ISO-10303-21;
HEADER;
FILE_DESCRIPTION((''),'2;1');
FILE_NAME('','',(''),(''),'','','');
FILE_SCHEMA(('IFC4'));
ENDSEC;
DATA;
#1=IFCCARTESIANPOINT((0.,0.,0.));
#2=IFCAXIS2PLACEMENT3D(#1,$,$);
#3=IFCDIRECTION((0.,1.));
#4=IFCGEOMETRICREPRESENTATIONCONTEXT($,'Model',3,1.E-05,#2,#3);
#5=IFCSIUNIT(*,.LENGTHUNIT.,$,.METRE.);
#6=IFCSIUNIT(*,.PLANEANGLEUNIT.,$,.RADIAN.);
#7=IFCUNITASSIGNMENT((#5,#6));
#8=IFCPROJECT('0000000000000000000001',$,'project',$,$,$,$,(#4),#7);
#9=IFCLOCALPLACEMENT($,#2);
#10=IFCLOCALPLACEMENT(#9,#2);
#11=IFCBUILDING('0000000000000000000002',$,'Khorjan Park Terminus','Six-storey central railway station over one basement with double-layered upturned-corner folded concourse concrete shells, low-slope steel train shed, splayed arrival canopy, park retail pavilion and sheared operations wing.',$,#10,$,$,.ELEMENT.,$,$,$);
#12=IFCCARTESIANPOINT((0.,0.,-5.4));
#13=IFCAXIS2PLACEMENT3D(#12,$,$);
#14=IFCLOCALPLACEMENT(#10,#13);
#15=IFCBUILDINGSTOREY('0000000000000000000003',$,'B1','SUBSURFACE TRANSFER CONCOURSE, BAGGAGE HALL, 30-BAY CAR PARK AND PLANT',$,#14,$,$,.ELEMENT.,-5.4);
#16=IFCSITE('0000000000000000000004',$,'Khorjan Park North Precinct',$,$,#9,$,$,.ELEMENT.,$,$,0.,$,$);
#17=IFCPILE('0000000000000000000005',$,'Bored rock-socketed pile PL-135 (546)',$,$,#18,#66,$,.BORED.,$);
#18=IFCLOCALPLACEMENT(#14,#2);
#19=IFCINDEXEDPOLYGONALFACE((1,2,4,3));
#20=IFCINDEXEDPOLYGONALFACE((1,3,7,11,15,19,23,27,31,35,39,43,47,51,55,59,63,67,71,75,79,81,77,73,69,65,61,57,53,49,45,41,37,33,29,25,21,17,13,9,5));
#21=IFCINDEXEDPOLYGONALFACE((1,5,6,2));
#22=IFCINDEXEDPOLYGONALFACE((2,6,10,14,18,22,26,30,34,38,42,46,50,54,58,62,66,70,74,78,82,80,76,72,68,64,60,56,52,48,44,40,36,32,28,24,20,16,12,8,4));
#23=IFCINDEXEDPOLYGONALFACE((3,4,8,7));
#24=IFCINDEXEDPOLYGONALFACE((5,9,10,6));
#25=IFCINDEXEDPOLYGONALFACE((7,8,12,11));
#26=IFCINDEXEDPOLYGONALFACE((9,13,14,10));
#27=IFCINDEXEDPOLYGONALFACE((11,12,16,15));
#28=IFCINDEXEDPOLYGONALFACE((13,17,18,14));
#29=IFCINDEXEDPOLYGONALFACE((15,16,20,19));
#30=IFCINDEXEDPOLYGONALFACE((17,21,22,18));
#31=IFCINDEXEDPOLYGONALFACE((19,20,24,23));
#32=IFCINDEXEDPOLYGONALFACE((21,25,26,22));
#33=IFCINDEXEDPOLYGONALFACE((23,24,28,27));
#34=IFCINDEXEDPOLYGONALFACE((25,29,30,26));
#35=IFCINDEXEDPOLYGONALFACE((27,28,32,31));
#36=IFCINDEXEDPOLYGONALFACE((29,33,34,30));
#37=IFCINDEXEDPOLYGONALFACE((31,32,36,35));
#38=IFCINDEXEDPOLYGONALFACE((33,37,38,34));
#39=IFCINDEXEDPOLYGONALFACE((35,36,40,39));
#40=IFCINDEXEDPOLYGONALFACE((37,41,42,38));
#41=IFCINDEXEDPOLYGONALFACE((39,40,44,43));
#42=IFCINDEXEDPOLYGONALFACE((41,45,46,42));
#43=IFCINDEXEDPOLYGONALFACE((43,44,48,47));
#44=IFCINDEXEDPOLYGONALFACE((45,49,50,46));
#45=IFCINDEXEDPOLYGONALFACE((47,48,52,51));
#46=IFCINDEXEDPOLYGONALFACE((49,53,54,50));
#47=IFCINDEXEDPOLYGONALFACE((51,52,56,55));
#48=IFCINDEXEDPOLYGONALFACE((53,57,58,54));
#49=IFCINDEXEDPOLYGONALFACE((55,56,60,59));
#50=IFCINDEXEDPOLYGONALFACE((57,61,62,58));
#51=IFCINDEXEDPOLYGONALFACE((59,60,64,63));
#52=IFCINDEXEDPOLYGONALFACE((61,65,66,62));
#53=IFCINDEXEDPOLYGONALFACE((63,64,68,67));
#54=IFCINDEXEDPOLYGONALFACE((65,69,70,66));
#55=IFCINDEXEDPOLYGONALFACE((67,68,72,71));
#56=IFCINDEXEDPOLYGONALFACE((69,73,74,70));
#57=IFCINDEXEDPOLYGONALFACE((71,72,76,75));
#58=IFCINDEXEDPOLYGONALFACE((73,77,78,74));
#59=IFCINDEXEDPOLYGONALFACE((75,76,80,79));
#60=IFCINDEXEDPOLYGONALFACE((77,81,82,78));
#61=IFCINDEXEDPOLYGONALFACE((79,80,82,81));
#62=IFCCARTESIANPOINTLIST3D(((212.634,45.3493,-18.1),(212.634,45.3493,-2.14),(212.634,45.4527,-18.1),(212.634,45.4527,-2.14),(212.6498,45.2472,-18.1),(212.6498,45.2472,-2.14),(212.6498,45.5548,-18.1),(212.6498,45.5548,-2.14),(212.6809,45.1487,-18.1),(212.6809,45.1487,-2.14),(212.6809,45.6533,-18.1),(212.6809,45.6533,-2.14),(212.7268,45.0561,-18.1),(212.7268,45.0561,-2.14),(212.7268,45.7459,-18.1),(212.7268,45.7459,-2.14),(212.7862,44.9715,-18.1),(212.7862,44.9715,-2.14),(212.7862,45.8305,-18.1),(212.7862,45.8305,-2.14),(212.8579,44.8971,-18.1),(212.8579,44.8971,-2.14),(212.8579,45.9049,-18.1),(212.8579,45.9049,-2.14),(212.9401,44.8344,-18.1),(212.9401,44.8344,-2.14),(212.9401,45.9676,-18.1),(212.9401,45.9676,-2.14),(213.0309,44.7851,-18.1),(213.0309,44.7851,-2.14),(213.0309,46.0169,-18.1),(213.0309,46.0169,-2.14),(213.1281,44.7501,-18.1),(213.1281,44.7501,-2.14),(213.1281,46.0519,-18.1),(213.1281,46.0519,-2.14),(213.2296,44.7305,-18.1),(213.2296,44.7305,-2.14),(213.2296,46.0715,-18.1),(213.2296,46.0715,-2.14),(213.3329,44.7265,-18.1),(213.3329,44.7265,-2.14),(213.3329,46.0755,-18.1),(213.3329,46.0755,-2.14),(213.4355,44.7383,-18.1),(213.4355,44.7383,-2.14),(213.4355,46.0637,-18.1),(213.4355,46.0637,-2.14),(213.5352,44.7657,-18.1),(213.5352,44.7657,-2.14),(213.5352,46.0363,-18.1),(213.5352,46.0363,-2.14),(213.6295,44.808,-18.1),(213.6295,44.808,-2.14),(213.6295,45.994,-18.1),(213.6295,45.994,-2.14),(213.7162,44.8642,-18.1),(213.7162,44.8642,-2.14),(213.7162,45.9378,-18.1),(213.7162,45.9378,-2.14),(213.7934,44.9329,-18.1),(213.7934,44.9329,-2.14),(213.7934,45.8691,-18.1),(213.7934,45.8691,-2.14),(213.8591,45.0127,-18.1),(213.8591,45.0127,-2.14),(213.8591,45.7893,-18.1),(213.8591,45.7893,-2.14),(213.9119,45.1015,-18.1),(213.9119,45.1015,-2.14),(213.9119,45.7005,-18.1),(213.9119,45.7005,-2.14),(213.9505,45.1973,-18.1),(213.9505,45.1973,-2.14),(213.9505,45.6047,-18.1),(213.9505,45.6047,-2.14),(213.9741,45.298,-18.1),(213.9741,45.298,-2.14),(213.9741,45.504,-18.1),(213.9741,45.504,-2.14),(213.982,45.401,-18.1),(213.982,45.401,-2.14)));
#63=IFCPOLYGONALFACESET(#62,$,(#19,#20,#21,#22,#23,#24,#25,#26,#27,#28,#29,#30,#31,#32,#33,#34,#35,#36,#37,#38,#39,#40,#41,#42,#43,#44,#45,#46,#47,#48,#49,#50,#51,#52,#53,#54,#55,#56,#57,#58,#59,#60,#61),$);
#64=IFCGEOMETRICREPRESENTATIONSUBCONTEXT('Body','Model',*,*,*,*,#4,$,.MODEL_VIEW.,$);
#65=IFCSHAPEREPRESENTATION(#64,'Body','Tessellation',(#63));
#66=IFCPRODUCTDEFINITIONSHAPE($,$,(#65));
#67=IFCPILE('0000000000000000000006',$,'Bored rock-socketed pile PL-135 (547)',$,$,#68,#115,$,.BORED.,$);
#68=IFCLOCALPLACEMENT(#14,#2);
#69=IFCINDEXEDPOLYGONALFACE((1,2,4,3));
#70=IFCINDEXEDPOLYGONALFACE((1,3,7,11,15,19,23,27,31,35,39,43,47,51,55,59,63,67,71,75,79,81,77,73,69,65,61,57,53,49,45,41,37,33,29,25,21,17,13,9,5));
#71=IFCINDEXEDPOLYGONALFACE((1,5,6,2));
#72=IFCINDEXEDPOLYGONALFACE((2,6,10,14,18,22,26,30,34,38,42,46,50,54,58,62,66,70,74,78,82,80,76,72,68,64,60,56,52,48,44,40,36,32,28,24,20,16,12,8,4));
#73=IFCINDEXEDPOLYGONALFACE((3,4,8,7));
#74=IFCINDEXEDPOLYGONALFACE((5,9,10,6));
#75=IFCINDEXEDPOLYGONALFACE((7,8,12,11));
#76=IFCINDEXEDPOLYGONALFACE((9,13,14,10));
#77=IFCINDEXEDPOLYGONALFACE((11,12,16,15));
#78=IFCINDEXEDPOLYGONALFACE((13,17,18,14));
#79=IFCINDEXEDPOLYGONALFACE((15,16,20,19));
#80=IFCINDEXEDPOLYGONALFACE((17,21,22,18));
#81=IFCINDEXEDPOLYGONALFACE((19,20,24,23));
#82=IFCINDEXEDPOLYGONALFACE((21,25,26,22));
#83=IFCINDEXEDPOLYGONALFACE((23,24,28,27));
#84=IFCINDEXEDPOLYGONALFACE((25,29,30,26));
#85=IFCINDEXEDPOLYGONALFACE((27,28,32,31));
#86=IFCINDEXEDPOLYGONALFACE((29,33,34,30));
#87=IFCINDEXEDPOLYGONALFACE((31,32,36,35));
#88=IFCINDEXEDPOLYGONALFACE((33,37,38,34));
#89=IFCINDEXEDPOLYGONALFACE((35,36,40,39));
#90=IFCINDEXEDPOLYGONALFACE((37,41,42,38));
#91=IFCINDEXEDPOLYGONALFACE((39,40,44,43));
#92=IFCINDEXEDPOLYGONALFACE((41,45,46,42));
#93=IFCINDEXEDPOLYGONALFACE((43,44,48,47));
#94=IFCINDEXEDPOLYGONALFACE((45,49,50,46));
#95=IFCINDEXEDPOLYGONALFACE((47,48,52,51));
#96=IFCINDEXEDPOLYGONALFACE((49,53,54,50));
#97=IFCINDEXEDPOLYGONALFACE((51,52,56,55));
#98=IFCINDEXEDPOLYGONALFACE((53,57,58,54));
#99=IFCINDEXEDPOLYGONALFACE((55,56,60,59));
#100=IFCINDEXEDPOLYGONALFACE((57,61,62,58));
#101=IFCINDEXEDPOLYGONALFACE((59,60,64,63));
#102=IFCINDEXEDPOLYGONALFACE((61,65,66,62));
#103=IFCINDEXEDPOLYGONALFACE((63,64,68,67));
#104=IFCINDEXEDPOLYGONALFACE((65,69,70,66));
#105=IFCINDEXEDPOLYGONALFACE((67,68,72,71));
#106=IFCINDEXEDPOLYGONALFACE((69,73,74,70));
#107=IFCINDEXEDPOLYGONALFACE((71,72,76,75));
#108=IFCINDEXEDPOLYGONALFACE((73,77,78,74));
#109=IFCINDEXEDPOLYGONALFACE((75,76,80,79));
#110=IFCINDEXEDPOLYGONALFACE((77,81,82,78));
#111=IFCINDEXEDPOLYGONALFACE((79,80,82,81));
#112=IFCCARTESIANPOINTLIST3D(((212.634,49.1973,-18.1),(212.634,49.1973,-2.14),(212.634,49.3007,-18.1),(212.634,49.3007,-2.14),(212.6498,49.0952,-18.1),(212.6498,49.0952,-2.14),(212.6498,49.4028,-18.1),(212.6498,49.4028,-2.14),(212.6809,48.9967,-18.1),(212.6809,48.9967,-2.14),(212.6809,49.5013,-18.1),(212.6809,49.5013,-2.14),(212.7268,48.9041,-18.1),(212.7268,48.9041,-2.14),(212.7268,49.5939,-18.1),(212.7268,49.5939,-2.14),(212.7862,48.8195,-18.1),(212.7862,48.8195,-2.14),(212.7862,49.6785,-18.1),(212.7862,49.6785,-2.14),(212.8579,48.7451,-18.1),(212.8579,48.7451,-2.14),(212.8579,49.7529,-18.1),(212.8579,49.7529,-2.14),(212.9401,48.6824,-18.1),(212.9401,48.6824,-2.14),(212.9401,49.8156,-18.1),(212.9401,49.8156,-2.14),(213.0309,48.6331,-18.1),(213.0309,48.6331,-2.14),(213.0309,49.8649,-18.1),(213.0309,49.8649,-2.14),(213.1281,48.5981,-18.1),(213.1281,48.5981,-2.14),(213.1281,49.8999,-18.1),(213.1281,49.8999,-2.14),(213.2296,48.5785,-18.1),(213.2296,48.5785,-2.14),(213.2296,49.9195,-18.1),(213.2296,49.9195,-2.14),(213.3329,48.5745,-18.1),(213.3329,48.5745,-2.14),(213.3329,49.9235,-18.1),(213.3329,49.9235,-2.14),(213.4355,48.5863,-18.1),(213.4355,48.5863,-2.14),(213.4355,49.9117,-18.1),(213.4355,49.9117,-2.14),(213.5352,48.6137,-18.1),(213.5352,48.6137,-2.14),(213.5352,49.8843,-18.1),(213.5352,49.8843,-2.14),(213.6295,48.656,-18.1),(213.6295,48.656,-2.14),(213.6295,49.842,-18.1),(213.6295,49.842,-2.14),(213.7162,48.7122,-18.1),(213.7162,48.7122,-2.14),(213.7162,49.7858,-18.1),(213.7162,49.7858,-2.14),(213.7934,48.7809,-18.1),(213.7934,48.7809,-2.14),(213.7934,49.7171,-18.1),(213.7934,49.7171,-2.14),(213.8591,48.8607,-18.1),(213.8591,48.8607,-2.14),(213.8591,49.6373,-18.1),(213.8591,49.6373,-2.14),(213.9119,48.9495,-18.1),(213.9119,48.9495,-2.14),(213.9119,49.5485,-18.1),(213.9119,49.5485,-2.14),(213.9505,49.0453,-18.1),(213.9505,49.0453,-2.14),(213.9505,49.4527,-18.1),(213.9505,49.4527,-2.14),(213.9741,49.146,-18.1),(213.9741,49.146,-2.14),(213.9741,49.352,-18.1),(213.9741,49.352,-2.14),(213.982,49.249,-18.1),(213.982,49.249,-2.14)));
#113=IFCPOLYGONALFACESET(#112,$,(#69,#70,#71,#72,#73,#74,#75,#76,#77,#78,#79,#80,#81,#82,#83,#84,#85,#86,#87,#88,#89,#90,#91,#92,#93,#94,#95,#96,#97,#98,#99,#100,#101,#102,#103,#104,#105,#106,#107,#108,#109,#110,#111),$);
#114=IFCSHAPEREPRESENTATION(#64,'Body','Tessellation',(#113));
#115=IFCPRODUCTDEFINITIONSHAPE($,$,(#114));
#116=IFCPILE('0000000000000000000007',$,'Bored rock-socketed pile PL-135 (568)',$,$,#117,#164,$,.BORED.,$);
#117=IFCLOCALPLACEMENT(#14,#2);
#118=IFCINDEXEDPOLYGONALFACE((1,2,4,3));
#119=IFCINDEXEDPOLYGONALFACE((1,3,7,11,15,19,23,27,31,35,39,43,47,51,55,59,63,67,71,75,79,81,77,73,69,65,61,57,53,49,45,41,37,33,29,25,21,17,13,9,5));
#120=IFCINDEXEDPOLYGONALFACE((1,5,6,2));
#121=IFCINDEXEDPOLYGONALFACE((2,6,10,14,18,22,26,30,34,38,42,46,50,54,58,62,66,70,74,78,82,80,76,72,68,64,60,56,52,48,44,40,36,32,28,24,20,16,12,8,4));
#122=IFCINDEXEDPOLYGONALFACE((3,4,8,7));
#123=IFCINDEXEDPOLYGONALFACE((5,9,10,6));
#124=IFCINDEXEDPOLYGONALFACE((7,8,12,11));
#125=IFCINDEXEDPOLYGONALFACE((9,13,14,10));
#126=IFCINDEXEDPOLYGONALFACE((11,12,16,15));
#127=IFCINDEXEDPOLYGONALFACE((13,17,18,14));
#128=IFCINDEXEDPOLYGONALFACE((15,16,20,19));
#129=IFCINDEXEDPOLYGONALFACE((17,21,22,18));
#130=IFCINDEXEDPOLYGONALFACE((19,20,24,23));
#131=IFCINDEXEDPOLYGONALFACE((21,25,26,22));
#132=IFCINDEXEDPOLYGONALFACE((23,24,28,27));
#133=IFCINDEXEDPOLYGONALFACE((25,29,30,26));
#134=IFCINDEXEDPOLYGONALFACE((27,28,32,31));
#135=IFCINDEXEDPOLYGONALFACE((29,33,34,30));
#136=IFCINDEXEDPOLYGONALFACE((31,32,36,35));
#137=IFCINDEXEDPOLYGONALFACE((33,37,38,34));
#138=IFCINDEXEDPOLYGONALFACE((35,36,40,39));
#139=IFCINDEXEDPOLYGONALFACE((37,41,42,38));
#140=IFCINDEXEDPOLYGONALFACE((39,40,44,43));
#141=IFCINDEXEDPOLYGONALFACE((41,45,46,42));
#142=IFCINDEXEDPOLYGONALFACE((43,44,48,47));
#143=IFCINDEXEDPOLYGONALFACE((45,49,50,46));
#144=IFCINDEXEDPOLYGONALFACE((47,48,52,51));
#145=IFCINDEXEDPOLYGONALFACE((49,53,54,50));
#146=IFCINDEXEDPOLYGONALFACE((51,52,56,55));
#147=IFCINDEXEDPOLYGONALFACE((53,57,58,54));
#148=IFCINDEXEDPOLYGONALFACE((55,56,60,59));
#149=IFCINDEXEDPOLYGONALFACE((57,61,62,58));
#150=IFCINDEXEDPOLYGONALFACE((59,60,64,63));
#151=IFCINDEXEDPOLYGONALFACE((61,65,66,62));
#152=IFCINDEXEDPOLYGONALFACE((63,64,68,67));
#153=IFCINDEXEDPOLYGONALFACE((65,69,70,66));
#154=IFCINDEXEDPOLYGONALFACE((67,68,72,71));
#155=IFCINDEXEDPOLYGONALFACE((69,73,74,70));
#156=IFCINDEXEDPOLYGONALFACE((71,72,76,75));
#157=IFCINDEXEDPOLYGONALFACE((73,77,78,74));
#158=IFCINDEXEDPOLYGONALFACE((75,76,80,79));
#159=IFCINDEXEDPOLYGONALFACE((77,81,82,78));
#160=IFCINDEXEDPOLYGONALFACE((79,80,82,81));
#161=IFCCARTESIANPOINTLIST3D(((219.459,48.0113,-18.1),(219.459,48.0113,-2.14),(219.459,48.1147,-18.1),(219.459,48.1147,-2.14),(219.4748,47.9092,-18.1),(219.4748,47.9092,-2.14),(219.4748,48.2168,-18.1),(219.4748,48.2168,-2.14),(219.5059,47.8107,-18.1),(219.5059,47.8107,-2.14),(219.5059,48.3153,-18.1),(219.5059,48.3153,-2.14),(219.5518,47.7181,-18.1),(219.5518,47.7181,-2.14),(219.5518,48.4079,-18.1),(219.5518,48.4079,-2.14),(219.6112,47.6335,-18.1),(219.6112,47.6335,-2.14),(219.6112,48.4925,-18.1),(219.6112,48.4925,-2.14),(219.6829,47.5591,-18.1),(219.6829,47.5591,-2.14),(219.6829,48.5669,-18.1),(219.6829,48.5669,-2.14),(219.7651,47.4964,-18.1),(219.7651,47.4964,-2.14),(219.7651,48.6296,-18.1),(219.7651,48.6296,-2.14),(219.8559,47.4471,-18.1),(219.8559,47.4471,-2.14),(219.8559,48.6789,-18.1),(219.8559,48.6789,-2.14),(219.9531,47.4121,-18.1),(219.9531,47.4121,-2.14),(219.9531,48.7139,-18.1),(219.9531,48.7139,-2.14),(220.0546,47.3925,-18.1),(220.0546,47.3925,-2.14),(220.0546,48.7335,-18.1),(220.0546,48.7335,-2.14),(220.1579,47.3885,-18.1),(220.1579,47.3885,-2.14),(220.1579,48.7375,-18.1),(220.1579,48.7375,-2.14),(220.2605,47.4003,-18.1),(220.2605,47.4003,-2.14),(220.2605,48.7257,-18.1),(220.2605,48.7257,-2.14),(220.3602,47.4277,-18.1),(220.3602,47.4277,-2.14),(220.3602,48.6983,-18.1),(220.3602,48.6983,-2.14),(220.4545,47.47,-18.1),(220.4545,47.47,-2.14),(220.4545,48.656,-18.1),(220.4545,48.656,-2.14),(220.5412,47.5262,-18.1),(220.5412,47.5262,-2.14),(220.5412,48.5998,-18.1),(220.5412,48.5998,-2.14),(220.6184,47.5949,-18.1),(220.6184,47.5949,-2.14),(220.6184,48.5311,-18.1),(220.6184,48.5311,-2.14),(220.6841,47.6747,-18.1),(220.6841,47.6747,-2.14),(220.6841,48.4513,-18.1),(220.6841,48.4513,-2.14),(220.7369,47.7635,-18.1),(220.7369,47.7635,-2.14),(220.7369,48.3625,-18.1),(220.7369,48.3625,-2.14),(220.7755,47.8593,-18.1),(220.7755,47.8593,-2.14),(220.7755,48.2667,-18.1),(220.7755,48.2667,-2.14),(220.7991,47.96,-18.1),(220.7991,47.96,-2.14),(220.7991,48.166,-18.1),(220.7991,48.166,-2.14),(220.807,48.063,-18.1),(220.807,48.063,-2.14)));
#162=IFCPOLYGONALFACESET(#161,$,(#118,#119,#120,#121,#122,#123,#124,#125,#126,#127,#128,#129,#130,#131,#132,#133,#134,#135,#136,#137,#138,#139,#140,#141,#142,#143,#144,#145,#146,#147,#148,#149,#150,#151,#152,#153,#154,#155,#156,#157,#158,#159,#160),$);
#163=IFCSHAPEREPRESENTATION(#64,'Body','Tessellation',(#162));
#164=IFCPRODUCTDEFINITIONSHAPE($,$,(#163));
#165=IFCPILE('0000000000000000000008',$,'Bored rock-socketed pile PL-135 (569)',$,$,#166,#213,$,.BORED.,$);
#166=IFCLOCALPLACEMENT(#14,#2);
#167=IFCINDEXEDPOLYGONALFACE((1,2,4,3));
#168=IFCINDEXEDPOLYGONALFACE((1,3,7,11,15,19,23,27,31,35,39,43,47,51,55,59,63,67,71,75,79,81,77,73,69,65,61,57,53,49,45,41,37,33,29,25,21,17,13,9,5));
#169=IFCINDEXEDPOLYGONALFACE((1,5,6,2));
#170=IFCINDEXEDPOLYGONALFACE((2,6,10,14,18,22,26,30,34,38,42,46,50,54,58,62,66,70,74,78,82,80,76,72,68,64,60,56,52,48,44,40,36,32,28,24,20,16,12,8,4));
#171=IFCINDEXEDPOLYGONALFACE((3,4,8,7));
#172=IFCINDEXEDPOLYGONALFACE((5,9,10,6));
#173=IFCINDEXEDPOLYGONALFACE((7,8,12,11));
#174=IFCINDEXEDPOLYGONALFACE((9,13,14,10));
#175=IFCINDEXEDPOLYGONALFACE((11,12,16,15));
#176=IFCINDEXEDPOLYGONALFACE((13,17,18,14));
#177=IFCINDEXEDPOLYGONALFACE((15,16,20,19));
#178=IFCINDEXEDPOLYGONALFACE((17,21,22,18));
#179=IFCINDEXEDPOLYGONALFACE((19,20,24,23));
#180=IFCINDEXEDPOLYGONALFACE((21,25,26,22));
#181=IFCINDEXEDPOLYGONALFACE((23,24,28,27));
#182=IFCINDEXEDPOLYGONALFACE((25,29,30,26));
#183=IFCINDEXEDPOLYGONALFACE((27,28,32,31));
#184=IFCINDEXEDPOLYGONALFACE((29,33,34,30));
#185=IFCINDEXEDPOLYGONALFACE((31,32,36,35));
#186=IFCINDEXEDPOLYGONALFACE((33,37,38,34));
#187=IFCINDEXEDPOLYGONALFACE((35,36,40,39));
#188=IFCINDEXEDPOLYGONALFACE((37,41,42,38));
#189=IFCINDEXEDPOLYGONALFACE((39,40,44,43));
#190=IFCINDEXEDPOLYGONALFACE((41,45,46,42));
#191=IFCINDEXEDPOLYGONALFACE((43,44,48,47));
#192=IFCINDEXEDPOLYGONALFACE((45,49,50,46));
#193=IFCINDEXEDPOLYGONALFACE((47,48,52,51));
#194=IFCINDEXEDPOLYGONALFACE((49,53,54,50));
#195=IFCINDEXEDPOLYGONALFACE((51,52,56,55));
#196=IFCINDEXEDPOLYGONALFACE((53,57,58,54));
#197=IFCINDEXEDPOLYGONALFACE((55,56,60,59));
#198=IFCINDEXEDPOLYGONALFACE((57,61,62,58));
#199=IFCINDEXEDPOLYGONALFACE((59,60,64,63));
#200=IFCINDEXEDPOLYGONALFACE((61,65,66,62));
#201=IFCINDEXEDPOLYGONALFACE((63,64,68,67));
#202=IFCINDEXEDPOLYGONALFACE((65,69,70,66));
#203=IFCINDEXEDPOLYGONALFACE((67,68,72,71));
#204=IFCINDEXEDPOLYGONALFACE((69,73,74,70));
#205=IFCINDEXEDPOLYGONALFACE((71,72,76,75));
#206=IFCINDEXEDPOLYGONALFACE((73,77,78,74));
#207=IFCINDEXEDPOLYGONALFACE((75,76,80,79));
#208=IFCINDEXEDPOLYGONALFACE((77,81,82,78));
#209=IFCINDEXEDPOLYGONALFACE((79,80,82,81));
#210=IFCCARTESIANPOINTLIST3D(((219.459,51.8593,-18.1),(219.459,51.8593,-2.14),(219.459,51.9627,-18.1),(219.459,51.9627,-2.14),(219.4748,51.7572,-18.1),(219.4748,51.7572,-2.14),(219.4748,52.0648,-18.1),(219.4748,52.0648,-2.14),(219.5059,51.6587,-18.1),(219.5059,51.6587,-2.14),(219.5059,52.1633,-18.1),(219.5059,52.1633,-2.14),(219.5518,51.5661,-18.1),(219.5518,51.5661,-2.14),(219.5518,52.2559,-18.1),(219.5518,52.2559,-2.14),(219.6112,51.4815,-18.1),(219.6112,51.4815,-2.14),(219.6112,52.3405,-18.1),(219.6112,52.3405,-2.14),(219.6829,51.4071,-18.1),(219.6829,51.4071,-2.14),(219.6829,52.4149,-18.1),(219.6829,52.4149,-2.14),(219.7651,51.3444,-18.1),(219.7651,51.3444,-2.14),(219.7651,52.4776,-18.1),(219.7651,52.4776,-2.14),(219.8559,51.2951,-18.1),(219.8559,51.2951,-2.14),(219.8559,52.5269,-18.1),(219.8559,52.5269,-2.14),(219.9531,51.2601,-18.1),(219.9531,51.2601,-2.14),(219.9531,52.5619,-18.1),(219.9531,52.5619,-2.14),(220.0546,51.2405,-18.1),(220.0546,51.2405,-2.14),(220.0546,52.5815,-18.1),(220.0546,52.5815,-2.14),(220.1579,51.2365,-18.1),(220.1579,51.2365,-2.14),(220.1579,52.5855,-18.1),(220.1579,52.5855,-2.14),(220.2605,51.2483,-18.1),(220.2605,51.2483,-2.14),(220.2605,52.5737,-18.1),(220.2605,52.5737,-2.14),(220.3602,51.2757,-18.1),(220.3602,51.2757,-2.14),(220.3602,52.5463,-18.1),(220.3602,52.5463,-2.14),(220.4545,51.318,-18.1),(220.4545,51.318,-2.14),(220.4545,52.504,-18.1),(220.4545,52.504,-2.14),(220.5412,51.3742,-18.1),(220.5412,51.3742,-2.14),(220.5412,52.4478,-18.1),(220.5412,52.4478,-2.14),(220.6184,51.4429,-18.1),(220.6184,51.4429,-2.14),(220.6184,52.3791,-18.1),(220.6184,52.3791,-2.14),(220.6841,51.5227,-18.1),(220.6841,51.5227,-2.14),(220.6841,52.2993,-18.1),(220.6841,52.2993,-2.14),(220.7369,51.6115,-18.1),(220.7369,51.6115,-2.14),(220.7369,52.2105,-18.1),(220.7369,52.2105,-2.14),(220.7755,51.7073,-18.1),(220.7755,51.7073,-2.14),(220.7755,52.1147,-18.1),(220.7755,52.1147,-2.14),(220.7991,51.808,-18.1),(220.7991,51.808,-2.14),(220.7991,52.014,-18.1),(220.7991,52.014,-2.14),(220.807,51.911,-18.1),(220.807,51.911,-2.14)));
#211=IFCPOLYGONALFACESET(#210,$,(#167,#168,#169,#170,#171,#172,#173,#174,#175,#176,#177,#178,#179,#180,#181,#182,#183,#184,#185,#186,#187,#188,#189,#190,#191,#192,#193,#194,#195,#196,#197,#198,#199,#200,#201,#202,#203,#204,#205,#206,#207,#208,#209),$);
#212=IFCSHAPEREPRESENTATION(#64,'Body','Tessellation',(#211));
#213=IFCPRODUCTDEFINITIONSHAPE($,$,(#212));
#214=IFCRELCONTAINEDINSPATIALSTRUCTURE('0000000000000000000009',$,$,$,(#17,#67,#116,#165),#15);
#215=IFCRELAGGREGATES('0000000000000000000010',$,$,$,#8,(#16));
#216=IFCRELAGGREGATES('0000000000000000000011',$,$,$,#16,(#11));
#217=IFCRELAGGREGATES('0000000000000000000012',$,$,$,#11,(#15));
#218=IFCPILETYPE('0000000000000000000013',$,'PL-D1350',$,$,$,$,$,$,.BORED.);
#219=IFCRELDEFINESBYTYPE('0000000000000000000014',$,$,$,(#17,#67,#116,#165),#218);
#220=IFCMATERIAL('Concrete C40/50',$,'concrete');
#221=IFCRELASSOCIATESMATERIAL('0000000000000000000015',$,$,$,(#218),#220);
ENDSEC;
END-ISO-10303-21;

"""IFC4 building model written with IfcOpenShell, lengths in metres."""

from ifc_helpers import new_model, si_unit, direction, frame, origin, origin_2d, place, context, subcontext, project, spatial, circle, extrude, material, material_profile, profile_set, type_object, element, save


model = new_model("IFC4")

# Units and contexts
model_context = context("Model", 3, precision=1e-05, world=origin(), true_north=direction((0.0, 1.0)))
body_context = subcontext(model_context, "Body", "Model", "MODEL_VIEW")
ifc_project = project(units=[si_unit("LENGTHUNIT", "METRE"), si_unit("PLANEANGLEUNIT", "RADIAN")], contexts=[model_context])

# Site, building, storey
site_placement = place(None, origin())
site = spatial("IfcSite", under=ifc_project, at=site_placement, Name="Khorjan Park North Precinct", CompositionType="ELEMENT", RefElevation=0.0)
building_placement = place(site_placement, origin())
building = spatial("IfcBuilding", under=site, at=building_placement, Name="Khorjan Park Terminus", Description="Six-storey central railway station over one basement with double-layered upturned-corner folded concourse concrete shells, low-slope steel train shed, splayed arrival canopy, park retail pavilion and sheared operations wing.", CompositionType="ELEMENT")
storey_placement = place(building_placement, frame((0.0, 0.0, -5.4)))
storey = spatial("IfcBuildingStorey", under=building, at=storey_placement, Name="B1", Description="SUBSURFACE TRANSFER CONCOURSE, BAGGAGE HALL, 30-BAY CAR PARK AND PLANT", CompositionType="ELEMENT", Elevation=-5.4)

# Piles
ifc_material_1 = material(Name="Concrete C40/50", Category="concrete")
ifc_material_profile_1 = material_profile(ifc_material_1, circle(Radius=0.675, at=origin_2d()), Name="BORED D1350")
ifc_profile_set_1 = profile_set([ifc_material_profile_1], Name="Concrete C40/50")
pile_type = type_object("IfcPileType", Name="PL-D1350", PredefinedType="BORED", material=ifc_profile_set_1)
for number, where, z_axis, x_axis, name in (
    (1, (213.307, 45.401, -2.14), (0.0, 0.0, -1.0), (1.0, 0.0, 0.0), "Bored rock-socketed pile PL-135 (546)"),
    (2, (213.307, 49.249, -2.14), (0.0, 0.0, -1.0), (1.0, 0.0, 0.0), "Bored rock-socketed pile PL-135 (547)"),
    (3, (220.132, 48.063, -2.14), (0.0, 0.0, -1.0), (1.0, 0.0, 0.0), "Bored rock-socketed pile PL-135 (568)"),
    (4, (220.132, 51.911, -2.14), (0.0, 0.0, -1.0), (1.0, 0.0, 0.0), "Bored rock-socketed pile PL-135 (569)"),
):
    element("IfcPile", number, at=place(storey_placement, frame(where, z_axis=z_axis, x_axis=x_axis)), inside=storey, type_object=pile_type, Name=name, PredefinedType="BORED", context=body_context, shape_type="SweptSolid", body=[
        extrude(circle(Radius=0.675, at=origin_2d()), origin(), (0.0, 0.0, 1.0), 15.96),
    ])

save(model, "model.ifc")
